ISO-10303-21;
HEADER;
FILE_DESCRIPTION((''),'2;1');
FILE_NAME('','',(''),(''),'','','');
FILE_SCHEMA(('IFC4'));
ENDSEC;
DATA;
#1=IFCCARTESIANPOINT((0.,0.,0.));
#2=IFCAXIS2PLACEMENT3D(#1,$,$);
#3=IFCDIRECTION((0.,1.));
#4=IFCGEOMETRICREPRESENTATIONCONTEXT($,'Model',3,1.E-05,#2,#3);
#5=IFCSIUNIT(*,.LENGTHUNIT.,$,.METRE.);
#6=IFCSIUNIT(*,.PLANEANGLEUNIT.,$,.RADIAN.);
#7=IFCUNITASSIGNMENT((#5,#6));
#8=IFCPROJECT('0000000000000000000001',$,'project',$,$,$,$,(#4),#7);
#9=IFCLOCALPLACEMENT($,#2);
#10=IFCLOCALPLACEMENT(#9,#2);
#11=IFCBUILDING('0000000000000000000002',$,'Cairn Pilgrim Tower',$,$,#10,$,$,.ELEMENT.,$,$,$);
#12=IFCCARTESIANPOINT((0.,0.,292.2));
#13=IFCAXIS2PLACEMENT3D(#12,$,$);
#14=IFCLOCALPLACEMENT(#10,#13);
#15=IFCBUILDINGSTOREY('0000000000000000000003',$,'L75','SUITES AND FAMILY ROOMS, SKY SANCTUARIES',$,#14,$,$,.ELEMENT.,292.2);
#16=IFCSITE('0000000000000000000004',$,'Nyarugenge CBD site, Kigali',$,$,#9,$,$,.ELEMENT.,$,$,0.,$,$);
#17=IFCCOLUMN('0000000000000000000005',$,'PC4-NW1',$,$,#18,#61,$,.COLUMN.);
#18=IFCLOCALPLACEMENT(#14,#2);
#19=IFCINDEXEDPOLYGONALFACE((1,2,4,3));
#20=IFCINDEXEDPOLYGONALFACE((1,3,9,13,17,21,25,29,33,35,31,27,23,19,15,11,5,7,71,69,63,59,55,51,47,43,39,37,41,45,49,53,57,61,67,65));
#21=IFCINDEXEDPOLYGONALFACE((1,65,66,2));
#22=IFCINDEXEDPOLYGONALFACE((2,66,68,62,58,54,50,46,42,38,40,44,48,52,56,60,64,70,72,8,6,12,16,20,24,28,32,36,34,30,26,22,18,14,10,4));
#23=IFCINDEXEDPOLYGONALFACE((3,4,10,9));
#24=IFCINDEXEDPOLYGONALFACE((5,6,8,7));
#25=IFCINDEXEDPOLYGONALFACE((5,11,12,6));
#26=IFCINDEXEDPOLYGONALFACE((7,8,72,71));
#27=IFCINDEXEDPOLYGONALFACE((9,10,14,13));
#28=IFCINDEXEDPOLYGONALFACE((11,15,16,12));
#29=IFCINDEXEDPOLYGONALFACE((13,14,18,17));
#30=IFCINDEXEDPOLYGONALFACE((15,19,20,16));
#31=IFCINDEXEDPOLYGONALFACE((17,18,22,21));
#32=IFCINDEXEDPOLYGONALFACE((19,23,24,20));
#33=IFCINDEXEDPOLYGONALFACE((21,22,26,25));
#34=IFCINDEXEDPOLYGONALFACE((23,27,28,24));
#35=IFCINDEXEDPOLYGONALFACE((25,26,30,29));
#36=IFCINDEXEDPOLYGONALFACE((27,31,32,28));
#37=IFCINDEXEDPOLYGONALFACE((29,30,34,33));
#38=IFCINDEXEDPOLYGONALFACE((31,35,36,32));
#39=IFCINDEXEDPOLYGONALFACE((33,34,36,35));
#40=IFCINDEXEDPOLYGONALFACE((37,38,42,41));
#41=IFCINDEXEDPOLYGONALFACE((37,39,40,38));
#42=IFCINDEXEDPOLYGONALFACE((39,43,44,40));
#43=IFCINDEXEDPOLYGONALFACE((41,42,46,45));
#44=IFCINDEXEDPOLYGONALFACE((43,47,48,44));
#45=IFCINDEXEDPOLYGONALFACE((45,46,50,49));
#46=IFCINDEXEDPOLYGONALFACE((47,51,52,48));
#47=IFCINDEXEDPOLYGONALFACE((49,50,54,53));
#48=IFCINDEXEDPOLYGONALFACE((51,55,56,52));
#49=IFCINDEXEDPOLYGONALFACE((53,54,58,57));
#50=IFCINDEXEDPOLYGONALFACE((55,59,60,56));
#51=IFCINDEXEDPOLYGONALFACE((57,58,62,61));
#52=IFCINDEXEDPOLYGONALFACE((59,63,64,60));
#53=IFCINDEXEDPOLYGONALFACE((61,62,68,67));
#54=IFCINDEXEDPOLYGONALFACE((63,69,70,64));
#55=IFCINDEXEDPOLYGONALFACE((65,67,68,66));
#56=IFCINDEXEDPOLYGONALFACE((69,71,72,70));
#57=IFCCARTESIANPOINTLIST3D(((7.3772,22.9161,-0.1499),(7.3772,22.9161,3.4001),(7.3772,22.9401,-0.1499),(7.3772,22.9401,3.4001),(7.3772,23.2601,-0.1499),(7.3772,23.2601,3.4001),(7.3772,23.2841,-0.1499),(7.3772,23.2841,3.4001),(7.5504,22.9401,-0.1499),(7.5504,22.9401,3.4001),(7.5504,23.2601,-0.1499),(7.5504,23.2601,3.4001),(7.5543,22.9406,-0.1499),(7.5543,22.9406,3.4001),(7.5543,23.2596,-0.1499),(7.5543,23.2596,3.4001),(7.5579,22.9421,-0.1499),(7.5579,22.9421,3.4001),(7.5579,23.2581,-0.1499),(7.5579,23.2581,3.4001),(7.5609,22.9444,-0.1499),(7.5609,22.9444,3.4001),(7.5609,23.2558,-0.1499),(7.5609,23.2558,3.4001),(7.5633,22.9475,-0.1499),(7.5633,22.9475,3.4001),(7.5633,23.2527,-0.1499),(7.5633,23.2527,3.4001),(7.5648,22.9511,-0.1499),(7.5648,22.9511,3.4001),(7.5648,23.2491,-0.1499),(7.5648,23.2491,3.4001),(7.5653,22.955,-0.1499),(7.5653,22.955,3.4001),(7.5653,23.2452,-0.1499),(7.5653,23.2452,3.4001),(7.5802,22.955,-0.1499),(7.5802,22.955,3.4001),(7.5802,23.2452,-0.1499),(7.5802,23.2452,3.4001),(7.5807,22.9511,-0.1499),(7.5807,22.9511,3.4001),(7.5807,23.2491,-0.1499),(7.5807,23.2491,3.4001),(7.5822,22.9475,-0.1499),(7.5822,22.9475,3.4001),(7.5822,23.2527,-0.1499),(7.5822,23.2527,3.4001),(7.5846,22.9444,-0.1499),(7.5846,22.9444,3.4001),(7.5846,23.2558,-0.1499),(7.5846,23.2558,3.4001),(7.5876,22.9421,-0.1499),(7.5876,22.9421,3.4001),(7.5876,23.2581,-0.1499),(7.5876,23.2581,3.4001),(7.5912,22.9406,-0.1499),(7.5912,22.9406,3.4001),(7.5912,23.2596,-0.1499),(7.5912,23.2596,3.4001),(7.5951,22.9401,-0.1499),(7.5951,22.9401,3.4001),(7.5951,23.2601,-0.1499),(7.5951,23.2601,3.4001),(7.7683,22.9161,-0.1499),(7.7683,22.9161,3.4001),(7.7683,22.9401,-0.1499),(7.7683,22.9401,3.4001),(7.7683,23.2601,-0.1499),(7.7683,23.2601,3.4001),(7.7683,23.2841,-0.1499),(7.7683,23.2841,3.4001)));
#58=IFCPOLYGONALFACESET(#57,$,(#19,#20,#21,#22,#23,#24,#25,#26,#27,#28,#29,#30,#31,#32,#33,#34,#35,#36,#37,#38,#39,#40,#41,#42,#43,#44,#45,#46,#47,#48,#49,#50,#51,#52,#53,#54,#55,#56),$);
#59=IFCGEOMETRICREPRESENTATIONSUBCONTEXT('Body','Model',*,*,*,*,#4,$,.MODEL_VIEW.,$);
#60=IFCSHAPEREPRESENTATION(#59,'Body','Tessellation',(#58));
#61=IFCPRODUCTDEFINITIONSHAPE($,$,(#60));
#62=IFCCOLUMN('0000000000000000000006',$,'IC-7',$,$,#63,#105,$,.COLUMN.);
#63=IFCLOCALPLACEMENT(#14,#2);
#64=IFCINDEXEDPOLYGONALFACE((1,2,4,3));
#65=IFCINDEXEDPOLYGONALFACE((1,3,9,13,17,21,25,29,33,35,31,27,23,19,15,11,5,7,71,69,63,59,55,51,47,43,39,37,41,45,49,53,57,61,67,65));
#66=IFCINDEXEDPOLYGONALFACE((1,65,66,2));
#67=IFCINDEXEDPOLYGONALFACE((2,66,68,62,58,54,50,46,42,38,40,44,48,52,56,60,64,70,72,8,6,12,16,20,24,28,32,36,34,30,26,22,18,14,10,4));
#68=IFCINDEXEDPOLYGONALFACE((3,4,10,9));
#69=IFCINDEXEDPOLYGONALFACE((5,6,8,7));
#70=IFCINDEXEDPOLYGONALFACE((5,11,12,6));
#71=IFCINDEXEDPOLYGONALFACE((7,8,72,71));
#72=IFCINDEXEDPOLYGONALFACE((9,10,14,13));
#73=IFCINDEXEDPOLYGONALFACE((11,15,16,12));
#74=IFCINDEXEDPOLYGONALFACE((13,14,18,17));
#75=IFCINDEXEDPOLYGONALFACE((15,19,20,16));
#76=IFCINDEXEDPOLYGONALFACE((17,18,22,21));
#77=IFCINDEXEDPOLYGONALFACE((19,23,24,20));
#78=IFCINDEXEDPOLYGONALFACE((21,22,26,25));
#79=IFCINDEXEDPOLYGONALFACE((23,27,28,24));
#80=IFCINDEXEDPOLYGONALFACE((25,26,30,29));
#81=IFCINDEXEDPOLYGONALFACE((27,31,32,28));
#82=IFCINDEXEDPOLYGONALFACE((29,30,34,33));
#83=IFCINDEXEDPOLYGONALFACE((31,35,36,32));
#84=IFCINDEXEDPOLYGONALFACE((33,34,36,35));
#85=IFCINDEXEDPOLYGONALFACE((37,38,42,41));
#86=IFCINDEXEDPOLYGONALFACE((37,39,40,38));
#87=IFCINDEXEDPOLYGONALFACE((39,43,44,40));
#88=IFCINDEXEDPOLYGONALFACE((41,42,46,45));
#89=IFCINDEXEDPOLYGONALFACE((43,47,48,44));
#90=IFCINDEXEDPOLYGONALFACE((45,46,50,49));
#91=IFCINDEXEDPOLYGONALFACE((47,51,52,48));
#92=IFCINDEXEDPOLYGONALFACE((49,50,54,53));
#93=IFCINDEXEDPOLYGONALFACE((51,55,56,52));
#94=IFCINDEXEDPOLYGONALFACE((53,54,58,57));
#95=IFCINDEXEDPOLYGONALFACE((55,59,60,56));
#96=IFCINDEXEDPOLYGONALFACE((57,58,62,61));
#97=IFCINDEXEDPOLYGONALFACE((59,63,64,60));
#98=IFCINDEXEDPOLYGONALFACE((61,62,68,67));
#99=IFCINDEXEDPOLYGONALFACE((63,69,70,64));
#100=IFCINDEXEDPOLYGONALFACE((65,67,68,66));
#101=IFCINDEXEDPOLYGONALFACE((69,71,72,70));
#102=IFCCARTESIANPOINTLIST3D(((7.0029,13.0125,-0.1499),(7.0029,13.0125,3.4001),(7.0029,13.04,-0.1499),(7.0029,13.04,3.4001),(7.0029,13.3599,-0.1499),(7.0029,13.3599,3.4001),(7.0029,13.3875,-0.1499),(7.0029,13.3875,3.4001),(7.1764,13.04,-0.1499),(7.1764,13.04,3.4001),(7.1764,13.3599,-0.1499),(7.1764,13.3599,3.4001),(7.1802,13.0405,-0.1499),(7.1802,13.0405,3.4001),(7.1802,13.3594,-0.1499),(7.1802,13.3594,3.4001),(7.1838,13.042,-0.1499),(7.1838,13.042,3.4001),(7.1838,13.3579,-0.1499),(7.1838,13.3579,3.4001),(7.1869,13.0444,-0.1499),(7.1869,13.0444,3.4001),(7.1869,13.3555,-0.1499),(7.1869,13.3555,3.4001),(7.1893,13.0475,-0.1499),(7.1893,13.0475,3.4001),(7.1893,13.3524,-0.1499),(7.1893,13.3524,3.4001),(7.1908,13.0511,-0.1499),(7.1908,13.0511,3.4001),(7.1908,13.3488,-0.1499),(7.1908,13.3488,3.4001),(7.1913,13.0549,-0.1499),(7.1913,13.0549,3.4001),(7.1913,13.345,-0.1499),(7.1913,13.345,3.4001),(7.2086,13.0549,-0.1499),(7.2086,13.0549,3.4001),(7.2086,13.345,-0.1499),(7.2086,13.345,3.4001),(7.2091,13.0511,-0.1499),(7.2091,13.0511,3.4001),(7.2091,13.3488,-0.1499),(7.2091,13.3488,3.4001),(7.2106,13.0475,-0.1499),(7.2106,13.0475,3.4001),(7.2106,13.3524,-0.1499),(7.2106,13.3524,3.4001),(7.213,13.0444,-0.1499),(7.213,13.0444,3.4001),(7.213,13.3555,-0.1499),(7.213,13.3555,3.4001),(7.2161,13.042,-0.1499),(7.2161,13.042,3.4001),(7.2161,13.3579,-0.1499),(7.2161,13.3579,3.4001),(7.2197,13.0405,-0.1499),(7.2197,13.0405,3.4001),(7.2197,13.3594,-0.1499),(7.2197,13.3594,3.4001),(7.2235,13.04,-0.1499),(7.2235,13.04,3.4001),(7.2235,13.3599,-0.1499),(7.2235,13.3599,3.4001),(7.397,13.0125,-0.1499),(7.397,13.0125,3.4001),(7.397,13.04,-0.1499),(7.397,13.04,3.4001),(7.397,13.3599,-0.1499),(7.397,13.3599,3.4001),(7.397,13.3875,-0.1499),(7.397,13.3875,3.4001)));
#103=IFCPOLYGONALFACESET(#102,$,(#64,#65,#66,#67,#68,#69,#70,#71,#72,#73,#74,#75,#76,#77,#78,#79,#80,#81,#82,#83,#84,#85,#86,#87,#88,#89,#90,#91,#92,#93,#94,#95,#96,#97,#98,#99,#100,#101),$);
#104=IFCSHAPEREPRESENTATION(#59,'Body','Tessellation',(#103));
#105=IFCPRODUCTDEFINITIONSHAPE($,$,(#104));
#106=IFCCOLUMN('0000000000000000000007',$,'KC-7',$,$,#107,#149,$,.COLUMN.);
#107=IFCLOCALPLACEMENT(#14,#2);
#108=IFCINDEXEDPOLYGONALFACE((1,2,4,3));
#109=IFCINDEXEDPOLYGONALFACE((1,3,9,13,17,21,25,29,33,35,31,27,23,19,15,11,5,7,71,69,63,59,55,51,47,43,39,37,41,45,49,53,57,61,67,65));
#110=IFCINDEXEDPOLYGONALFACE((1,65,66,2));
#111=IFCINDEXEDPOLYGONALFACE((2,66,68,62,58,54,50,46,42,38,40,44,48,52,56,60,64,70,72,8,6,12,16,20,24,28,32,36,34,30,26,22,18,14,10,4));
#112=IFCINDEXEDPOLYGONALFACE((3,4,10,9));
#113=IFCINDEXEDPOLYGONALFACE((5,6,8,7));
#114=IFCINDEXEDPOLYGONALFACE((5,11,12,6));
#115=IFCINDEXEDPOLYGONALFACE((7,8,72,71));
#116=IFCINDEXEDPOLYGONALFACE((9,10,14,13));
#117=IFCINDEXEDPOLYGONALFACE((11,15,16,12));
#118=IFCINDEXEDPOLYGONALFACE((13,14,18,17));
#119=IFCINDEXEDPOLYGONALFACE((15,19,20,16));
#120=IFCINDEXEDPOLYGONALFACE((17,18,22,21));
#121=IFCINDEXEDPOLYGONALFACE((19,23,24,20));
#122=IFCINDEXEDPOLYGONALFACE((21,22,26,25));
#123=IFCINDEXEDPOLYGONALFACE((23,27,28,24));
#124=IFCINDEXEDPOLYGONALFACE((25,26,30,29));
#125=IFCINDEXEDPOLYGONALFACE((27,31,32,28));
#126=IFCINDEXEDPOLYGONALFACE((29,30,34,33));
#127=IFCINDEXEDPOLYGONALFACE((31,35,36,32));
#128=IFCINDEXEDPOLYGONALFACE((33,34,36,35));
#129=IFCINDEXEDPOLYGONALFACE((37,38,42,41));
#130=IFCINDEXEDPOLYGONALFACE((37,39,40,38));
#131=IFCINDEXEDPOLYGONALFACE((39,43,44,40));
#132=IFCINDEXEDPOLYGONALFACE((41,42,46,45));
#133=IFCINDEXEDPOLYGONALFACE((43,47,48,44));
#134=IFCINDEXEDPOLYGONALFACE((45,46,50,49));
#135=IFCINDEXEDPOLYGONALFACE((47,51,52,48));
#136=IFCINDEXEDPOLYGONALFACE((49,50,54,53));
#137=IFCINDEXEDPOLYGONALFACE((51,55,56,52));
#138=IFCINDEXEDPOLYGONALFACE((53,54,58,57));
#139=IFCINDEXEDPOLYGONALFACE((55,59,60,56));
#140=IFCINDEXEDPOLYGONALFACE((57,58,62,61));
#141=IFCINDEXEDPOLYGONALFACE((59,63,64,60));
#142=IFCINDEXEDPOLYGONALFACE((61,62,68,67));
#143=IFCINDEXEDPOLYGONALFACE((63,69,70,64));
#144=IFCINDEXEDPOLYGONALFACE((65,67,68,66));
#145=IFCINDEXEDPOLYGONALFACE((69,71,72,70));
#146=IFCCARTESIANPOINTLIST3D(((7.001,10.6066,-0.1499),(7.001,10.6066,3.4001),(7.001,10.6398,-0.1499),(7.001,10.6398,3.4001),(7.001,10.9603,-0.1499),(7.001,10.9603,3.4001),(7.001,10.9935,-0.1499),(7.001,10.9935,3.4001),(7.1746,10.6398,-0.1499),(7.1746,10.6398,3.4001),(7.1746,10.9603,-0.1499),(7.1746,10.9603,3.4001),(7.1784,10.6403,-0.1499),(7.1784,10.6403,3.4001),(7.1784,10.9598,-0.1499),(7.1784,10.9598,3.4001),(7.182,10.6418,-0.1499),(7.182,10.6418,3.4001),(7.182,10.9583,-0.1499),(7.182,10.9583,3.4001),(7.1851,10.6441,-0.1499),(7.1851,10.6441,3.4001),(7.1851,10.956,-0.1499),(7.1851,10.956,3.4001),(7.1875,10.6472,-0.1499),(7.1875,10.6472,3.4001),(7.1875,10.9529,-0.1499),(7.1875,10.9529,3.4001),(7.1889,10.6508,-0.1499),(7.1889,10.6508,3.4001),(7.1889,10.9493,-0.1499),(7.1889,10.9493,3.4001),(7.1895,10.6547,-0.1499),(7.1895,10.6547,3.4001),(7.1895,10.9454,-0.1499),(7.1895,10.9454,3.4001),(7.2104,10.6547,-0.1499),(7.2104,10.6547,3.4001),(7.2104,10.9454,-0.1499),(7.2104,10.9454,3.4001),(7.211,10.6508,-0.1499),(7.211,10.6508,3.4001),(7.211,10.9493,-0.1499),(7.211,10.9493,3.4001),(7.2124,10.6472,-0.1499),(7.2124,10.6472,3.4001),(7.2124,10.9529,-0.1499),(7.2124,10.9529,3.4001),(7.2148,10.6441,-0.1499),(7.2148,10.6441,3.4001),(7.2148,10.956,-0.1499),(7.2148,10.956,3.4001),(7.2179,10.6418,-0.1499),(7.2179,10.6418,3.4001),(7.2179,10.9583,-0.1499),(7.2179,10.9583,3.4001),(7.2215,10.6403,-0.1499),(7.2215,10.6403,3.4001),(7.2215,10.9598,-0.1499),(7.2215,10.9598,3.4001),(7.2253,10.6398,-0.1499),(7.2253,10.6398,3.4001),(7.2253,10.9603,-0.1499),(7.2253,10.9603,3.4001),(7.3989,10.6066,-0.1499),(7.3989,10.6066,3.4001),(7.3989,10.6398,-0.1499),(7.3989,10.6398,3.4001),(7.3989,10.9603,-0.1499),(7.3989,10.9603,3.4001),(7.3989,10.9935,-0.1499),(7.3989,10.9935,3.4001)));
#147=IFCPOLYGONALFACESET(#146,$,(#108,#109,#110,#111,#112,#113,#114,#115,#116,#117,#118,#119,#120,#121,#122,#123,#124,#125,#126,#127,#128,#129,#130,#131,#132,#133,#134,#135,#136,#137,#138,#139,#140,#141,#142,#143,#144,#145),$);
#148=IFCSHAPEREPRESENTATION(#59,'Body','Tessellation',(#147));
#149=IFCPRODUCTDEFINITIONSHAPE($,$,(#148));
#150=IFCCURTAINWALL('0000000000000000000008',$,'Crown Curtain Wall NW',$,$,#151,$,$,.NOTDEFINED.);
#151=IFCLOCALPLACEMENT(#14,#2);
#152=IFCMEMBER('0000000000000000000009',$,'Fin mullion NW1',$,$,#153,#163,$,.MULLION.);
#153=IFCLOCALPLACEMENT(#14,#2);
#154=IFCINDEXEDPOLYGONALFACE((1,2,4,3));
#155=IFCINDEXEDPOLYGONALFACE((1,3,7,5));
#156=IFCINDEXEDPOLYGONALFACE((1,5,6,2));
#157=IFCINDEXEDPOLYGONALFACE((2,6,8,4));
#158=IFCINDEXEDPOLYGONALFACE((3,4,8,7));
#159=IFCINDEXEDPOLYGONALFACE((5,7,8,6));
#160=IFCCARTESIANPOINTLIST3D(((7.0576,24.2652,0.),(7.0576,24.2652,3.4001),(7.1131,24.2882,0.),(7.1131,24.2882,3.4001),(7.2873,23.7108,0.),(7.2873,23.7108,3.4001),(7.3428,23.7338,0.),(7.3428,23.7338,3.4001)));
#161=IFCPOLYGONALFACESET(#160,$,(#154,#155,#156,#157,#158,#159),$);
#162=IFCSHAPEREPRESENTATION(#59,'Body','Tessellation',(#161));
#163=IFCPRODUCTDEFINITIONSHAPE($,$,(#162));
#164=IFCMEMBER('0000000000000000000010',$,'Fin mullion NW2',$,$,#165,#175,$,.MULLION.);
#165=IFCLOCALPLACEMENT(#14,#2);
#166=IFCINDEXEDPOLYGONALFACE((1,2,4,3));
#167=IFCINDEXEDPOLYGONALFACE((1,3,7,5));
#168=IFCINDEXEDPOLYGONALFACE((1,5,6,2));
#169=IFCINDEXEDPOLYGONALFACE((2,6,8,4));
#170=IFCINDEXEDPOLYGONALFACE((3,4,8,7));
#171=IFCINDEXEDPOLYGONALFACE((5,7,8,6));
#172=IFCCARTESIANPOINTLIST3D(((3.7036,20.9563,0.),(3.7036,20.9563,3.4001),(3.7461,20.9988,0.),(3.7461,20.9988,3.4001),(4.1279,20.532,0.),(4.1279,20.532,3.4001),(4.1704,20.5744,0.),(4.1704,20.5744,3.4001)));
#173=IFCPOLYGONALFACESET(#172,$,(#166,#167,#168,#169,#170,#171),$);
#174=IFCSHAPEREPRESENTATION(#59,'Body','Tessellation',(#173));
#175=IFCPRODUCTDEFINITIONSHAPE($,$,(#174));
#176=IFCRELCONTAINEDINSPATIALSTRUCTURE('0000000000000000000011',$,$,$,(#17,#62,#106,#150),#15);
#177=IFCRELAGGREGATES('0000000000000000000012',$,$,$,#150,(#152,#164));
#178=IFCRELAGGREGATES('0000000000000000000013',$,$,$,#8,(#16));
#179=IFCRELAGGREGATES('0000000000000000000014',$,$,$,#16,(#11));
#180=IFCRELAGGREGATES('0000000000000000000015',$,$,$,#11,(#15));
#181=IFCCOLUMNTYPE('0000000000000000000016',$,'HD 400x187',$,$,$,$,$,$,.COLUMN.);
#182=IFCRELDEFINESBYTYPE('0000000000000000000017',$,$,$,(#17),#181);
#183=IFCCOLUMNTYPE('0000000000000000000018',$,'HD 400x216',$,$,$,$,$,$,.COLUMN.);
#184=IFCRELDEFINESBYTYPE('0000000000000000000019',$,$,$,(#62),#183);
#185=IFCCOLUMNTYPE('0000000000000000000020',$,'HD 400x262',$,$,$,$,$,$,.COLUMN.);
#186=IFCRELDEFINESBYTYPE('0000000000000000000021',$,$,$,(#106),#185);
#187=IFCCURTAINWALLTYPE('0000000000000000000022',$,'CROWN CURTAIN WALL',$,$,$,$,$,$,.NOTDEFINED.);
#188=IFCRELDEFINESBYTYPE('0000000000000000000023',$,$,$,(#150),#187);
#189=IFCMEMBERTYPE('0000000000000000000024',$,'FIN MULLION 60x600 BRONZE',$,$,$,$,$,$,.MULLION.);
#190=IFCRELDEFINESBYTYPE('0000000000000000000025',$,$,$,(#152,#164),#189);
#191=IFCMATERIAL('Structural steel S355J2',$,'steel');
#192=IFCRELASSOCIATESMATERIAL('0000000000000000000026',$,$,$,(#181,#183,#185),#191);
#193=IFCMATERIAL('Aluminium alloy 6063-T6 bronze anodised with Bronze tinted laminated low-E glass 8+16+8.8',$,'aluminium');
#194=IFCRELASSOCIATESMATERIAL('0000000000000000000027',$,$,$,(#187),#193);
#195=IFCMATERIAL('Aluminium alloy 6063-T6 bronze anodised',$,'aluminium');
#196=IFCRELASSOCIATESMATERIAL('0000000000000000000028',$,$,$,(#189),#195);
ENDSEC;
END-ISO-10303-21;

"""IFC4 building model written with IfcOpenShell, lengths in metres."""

from ifc_helpers import new_model, si_unit, direction, frame, origin, origin_2d, place, context, subcontext, project, spatial, rectangle, i_section, extrude, material, material_profile, profile_set, type_object, element, aggregate, save


model = new_model("IFC4")

# Units and contexts
model_context = context("Model", 3, precision=1e-05, world=origin(), true_north=direction((0.0, 1.0)))
body_context = subcontext(model_context, "Body", "Model", "MODEL_VIEW")
ifc_project = project(units=[si_unit("LENGTHUNIT", "METRE"), si_unit("PLANEANGLEUNIT", "RADIAN")], contexts=[model_context])

# Site, building, storey
site_placement = place(None, origin())
site = spatial("IfcSite", under=ifc_project, at=site_placement, Name="Nyarugenge CBD site, Kigali", CompositionType="ELEMENT", RefElevation=0.0)
building_placement = place(site_placement, origin())
building = spatial("IfcBuilding", under=site, at=building_placement, Name="Cairn Pilgrim Tower", CompositionType="ELEMENT")
storey_placement = place(building_placement, frame((0.0, 0.0, 292.2)))
storey = spatial("IfcBuildingStorey", under=building, at=storey_placement, Name="L75", Description="SUITES AND FAMILY ROOMS, SKY SANCTUARIES", CompositionType="ELEMENT", Elevation=292.2)

# Columns
ifc_material_1 = material(Name="Structural steel S355J2", Category="steel")
ifc_material_profile_1 = material_profile(ifc_material_1, i_section(OverallWidth=0.3911, OverallDepth=0.3679, WebThickness=0.0149, FlangeThickness=0.0239, FilletRadius=0.0149, at=origin_2d()), Name="HD 400x187")
ifc_profile_set_1 = profile_set([ifc_material_profile_1], Name="Structural steel S355J2")
column_type_1 = type_object("IfcColumnType", Name="HD 400x187", PredefinedType="COLUMN", material=ifc_profile_set_1)
column_1_placement = place(storey_placement, frame((7.5728, 23.1001, -0.1499), z_axis=(0.0, 0.0, 1.0), x_axis=(1.0, 0.0, 0.0)))
element("IfcColumn", 1, at=column_1_placement, inside=storey, type_object=column_type_1, Name="PC4-NW1", PredefinedType="COLUMN", context=body_context, shape_type="SweptSolid", body=[
    extrude(i_section(OverallWidth=0.3911, OverallDepth=0.3679, WebThickness=0.0149, FlangeThickness=0.0239, FilletRadius=0.0149, at=origin_2d()), origin(), (0.0, 0.0, 1.0), 3.55),
])
ifc_material_profile_2 = material_profile(ifc_material_1, i_section(OverallWidth=0.394, OverallDepth=0.375, WebThickness=0.0173, FlangeThickness=0.0276, FilletRadius=0.0149, at=origin_2d()), Name="HD 400x216")
ifc_profile_set_2 = profile_set([ifc_material_profile_2], Name="Structural steel S355J2")
column_type_2 = type_object("IfcColumnType", Name="HD 400x216", PredefinedType="COLUMN", material=ifc_profile_set_2)
column_2_placement = place(storey_placement, frame((7.2, 13.2, -0.1499), z_axis=(0.0, 0.0, 1.0), x_axis=(1.0, 0.0, 0.0)))
element("IfcColumn", 2, at=column_2_placement, inside=storey, type_object=column_type_2, Name="IC-7", PredefinedType="COLUMN", context=body_context, shape_type="SweptSolid", body=[
    extrude(i_section(OverallWidth=0.394, OverallDepth=0.375, WebThickness=0.0173, FlangeThickness=0.0276, FilletRadius=0.0149, at=origin_2d()), origin(), (0.0, 0.0, 1.0), 3.55),
])
ifc_material_profile_3 = material_profile(ifc_material_1, i_section(OverallWidth=0.3979, OverallDepth=0.387, WebThickness=0.021, FlangeThickness=0.0332, FilletRadius=0.0149, at=origin_2d()), Name="HD 400x262")
ifc_profile_set_3 = profile_set([ifc_material_profile_3], Name="Structural steel S355J2")
column_type_3 = type_object("IfcColumnType", Name="HD 400x262", PredefinedType="COLUMN", material=ifc_profile_set_3)
column_3_placement = place(storey_placement, frame((7.2, 10.8, -0.1499), z_axis=(0.0, 0.0, 1.0), x_axis=(1.0, 0.0, 0.0)))
element("IfcColumn", 3, at=column_3_placement, inside=storey, type_object=column_type_3, Name="KC-7", PredefinedType="COLUMN", context=body_context, shape_type="SweptSolid", body=[
    extrude(i_section(OverallWidth=0.3979, OverallDepth=0.387, WebThickness=0.021, FlangeThickness=0.0332, FilletRadius=0.0149, at=origin_2d()), origin(), (0.0, 0.0, 1.0), 3.55),
])

# Curtain wall, members
ifc_material_2 = material(Name="Aluminium alloy 6063-T6 bronze anodised with Bronze tinted laminated low-E glass 8+16+8.8", Category="aluminium")
curtain_wall_type = type_object("IfcCurtainWallType", Name="CROWN CURTAIN WALL", PredefinedType="NOTDEFINED", material=ifc_material_2)
curtain_wall_1_placement = place(storey_placement, origin())
curtain_wall_1 = element("IfcCurtainWall", 4, at=curtain_wall_1_placement, inside=storey, type_object=curtain_wall_type, Name="Crown Curtain Wall NW", PredefinedType="NOTDEFINED")
ifc_material_3 = material(Name="Aluminium alloy 6063-T6 bronze anodised", Category="aluminium")
ifc_material_profile_4 = material_profile(ifc_material_3, rectangle(XDim=0.6001, YDim=0.0601, at=origin_2d()), Name="FIN MULLION 60x600 BRONZE")
ifc_profile_set_4 = profile_set([ifc_material_profile_4], Name="Aluminium alloy 6063-T6 bronze anodised")
member_type_1 = type_object("IfcMemberType", Name="FIN MULLION 60x600 BRONZE", PredefinedType="MULLION", material=ifc_profile_set_4)
member_1_placement = place(storey_placement, frame((7.2002, 23.9995, 0.0), z_axis=(0.0, 0.0, 1.0), x_axis=(-0.382683, 0.92388, 0.0)))
member_1 = element("IfcMember", 5, at=member_1_placement, type_object=member_type_1, Name="Fin mullion NW1", PredefinedType="MULLION", context=body_context, shape_type="SweptSolid", body=[
    extrude(rectangle(XDim=0.6001, YDim=0.0601, at=origin_2d()), origin(), (0.0, 0.0, 1.0), 3.4001),
])
member_2_placement = place(storey_placement, frame((3.937, 20.7654, 0.0), z_axis=(0.0, 0.0, 1.0), x_axis=(-0.707107, 0.707107, 0.0)))
member_2 = element("IfcMember", 6, at=member_2_placement, type_object=member_type_1, Name="Fin mullion NW2", PredefinedType="MULLION", context=body_context, shape_type="SweptSolid", body=[
    extrude(rectangle(XDim=0.6001, YDim=0.0601, at=origin_2d()), origin(), (0.0, 0.0, 1.0), 3.4001),
])
aggregate(curtain_wall_1, [member_1, member_2])

save(model, "model.ifc")
